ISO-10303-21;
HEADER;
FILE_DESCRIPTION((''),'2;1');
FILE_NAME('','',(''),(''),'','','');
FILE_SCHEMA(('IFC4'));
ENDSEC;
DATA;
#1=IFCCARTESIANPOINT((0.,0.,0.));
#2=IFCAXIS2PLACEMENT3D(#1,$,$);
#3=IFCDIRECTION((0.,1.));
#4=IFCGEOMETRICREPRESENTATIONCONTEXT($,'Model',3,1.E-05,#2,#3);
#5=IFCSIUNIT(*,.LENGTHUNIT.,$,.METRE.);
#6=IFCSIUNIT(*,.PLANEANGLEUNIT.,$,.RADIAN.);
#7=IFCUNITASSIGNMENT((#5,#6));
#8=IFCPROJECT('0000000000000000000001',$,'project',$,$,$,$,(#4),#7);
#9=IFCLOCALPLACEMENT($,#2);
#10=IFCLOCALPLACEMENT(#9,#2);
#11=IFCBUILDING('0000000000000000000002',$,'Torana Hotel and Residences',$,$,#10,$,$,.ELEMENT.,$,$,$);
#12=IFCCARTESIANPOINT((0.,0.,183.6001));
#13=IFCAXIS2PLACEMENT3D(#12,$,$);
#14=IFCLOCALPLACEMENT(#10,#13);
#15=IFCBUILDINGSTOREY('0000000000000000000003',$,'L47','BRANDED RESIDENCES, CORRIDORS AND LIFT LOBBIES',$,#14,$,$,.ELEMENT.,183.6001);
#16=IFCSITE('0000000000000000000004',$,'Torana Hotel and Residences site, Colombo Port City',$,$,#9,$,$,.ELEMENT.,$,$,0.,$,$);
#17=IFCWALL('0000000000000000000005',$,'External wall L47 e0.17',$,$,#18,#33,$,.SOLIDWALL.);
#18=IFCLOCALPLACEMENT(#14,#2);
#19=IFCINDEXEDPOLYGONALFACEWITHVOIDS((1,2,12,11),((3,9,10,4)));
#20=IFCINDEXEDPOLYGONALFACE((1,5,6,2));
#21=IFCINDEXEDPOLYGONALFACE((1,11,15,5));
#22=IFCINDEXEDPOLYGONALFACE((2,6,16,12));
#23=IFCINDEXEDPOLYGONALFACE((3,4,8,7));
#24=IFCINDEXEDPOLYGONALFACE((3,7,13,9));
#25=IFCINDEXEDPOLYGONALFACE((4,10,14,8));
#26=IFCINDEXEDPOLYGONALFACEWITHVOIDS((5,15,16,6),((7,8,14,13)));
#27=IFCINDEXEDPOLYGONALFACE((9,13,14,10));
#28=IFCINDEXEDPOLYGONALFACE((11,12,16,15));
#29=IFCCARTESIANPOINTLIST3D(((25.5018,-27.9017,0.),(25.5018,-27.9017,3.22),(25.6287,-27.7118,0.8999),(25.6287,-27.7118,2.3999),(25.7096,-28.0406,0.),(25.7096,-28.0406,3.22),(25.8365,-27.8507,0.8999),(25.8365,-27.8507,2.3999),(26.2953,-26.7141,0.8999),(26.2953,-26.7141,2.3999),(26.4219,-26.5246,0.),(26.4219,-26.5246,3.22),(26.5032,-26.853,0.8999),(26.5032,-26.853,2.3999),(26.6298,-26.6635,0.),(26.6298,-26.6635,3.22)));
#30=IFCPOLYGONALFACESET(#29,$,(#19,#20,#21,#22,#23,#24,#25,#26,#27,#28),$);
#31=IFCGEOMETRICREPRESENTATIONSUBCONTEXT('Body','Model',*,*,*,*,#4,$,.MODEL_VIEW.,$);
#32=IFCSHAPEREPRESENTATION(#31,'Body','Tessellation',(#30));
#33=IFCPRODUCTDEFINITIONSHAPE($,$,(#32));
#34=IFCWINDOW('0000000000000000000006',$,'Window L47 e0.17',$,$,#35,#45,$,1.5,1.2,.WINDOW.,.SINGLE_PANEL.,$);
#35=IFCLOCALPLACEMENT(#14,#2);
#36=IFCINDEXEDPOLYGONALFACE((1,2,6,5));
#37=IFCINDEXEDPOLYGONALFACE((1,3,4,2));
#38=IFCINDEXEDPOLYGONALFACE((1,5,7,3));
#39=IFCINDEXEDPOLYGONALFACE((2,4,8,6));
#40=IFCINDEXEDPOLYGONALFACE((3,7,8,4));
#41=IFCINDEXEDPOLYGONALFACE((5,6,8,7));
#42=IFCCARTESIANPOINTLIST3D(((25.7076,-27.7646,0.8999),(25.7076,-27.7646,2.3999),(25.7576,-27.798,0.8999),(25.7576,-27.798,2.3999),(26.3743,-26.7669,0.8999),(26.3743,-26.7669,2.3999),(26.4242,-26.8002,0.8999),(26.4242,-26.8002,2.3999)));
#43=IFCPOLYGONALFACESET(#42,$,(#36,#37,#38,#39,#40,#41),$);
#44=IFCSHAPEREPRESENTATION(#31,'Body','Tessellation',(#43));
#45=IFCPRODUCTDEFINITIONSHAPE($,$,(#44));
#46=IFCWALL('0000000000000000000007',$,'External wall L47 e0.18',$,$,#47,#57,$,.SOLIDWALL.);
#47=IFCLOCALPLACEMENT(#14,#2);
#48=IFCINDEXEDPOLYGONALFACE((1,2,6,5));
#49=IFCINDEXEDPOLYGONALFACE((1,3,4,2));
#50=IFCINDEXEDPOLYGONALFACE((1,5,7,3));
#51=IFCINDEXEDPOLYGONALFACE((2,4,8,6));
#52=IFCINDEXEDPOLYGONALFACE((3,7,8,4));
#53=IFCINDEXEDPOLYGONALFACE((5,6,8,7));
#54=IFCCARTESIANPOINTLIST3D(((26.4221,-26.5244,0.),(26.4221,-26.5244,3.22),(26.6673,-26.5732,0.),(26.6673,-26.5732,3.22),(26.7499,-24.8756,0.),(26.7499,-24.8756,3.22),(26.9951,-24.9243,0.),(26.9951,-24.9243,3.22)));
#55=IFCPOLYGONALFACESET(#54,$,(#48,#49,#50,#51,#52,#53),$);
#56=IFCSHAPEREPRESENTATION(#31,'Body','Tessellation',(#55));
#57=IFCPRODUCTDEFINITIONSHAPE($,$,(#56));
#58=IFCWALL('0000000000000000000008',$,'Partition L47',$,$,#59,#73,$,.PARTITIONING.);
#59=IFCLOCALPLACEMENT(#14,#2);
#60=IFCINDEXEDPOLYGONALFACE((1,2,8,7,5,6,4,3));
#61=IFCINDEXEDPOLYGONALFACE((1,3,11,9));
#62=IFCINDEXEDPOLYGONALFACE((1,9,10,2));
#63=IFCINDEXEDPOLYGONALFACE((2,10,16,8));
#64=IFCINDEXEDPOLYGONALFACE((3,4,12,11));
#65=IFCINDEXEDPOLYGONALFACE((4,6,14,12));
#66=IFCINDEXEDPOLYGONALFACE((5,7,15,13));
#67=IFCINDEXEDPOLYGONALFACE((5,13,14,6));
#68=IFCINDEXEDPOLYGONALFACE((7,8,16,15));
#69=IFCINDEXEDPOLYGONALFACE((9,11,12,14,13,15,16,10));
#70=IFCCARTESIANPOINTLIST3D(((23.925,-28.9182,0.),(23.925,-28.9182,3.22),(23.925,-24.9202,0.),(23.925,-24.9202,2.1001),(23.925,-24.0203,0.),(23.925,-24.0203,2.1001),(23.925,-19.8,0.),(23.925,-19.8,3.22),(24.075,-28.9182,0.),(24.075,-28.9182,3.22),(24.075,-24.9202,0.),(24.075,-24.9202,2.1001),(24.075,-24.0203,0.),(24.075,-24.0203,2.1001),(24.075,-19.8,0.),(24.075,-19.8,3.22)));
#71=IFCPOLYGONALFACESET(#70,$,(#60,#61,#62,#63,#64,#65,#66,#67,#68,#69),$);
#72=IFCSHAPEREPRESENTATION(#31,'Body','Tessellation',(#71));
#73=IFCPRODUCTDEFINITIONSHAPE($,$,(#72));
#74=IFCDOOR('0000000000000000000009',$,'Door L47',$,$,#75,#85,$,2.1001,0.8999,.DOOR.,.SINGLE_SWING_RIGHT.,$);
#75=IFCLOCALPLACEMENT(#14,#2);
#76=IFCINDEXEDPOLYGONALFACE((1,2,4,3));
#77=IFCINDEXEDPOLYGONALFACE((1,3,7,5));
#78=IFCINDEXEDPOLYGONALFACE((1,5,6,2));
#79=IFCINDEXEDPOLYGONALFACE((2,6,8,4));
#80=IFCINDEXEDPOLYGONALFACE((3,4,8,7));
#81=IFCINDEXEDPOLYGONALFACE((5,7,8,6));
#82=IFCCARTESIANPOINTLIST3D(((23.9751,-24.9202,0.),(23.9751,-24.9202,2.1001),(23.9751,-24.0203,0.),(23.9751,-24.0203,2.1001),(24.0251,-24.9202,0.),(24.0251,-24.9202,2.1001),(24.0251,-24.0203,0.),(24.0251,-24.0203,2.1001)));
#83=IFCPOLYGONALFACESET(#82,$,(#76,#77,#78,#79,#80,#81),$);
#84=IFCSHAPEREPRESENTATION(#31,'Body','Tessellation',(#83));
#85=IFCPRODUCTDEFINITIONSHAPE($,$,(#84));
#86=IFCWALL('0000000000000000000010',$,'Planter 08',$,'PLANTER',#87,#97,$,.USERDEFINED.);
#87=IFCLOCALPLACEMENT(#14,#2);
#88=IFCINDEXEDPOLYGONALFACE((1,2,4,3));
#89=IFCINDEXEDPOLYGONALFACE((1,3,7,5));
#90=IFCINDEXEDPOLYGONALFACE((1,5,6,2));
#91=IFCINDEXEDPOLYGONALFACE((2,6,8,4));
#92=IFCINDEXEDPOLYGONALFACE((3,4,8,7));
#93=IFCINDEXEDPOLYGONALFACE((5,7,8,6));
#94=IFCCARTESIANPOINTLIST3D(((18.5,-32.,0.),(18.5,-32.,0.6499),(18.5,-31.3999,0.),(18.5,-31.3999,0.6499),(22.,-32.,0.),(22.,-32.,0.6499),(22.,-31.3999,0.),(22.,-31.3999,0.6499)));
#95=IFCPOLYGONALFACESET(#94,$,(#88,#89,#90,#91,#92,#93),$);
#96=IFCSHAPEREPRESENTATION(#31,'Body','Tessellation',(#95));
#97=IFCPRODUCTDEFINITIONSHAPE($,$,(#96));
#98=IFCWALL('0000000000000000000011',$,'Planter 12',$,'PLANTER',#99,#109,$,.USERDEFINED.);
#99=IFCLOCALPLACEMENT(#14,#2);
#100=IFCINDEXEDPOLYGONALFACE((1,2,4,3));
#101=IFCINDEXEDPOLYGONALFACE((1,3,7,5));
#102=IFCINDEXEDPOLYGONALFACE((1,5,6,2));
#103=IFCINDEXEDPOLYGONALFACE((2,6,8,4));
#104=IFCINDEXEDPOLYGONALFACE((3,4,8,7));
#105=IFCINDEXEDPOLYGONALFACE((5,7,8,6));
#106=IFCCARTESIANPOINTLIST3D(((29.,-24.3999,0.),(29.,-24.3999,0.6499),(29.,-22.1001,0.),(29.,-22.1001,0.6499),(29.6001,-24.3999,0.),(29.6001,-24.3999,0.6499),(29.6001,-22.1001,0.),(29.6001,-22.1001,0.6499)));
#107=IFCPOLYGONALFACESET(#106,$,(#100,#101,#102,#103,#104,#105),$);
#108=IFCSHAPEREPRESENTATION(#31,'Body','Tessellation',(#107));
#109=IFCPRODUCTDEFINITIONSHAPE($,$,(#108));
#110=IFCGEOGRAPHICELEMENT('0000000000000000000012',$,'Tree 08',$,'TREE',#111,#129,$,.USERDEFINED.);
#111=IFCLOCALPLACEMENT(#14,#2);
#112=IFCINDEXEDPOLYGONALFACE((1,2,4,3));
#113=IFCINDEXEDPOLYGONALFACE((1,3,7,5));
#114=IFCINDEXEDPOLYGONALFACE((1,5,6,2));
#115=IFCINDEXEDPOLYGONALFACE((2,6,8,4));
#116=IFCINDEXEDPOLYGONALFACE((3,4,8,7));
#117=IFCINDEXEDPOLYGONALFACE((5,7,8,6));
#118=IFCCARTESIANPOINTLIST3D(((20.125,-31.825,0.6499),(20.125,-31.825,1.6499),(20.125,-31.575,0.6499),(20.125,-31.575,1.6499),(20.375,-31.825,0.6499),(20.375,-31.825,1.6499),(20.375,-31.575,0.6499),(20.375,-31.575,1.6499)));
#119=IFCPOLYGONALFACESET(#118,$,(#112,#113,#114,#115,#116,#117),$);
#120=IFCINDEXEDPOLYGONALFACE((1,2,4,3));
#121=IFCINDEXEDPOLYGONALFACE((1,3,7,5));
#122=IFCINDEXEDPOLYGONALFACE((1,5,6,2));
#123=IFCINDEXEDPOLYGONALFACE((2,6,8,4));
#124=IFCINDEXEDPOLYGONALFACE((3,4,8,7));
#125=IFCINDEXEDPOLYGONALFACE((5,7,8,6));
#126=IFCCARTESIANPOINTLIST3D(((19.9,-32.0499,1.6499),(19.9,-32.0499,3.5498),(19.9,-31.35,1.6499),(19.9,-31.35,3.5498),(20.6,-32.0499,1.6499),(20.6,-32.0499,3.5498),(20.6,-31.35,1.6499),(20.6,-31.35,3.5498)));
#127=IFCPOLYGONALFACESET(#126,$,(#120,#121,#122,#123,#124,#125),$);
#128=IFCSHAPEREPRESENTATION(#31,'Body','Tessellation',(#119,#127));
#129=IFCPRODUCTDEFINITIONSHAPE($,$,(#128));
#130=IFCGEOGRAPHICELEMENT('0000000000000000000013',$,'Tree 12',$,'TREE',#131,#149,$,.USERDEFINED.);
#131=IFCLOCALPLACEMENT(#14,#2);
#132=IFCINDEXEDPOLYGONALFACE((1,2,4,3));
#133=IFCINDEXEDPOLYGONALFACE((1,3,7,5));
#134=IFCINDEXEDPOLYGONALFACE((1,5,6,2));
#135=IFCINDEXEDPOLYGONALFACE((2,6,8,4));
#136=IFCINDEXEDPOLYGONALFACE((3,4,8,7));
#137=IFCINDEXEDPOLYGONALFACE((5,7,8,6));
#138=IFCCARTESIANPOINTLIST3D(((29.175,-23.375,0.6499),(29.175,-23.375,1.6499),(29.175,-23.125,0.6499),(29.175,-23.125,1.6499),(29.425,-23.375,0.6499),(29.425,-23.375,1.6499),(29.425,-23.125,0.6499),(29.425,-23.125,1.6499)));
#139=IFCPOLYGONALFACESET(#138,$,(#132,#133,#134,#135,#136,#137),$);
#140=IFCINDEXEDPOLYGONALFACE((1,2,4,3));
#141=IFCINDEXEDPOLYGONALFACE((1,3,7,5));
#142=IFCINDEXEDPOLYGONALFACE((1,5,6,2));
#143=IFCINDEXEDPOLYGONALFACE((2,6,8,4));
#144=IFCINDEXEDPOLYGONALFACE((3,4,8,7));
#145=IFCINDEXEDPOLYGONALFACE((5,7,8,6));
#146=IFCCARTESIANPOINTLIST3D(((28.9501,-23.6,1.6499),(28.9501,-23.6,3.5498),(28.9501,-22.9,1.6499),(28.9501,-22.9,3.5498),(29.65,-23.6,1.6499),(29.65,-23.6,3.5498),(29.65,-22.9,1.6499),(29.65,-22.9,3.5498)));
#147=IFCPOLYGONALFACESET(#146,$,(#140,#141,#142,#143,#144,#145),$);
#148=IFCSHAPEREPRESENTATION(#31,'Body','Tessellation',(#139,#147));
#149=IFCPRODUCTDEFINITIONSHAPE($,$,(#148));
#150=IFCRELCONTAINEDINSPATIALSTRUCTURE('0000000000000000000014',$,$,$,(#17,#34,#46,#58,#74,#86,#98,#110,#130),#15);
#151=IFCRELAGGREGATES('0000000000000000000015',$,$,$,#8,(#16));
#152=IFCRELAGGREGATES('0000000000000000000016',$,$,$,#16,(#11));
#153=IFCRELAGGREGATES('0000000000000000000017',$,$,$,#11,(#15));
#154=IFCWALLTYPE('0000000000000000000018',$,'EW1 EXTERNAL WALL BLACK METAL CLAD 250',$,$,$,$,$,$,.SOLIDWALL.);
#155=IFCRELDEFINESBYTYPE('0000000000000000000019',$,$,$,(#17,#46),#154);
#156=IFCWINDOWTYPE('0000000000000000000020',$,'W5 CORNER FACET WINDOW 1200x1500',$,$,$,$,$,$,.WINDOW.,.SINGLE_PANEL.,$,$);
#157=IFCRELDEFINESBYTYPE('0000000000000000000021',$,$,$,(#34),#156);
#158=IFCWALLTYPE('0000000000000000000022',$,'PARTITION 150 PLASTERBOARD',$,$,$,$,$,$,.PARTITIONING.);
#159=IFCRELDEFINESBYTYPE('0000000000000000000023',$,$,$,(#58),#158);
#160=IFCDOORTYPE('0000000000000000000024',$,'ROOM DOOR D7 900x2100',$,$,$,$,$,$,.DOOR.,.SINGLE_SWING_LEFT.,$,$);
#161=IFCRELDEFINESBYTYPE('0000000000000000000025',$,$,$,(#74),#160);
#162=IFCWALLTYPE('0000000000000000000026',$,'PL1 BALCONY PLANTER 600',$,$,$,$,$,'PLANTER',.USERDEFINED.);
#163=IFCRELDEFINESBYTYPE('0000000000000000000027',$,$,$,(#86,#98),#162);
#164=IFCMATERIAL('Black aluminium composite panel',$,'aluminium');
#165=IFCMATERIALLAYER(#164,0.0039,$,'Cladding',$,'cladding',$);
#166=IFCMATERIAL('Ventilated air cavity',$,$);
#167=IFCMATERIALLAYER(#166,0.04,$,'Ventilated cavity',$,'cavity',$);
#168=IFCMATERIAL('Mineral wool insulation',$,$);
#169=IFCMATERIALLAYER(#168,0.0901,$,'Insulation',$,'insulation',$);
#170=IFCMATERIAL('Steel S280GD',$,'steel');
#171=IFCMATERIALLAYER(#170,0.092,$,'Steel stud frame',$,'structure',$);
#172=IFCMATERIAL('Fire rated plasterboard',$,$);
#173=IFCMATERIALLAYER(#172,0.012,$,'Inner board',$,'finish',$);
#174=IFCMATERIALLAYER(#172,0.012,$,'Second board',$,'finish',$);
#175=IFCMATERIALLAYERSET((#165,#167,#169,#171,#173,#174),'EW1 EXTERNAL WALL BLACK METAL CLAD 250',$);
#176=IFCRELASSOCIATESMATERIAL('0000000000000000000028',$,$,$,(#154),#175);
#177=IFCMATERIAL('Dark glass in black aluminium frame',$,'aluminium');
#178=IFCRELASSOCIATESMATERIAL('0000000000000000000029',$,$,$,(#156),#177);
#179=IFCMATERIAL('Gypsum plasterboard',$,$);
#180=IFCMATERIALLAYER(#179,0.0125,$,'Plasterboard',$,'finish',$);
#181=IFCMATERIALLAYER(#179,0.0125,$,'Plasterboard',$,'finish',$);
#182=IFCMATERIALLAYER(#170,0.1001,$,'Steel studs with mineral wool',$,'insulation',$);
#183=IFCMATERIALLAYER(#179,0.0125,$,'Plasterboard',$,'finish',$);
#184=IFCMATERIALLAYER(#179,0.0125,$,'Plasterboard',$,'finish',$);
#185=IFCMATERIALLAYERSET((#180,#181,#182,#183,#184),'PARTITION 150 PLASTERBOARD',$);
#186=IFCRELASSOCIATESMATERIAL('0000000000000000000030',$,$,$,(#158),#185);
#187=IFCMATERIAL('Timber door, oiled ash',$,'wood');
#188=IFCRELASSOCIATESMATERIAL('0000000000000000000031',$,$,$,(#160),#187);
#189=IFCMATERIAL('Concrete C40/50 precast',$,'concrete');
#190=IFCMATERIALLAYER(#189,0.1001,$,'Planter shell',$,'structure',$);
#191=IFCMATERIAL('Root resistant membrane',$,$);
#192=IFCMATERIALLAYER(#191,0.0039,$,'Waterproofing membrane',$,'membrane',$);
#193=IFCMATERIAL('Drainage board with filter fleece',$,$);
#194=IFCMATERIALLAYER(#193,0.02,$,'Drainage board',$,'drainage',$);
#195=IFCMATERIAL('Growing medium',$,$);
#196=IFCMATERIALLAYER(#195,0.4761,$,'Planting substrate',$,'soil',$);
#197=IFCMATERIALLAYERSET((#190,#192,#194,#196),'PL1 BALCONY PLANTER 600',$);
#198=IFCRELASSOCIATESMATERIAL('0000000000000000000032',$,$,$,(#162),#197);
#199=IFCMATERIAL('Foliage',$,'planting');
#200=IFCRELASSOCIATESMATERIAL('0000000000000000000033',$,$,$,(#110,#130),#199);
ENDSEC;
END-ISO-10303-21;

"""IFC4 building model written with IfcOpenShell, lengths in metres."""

from ifc_helpers import new_model, si_unit, direction, frame, frame_2d, origin, origin_2d, place, context, subcontext, project, spatial, rectangle, extrude, material, layer, layer_set, type_object, element, fill, save


model = new_model("IFC4")

# Units and contexts
model_context = context("Model", 3, precision=1e-05, world=origin(), true_north=direction((0.0, 1.0)))
body_context = subcontext(model_context, "Body", "Model", "MODEL_VIEW")
ifc_project = project(units=[si_unit("LENGTHUNIT", "METRE"), si_unit("PLANEANGLEUNIT", "RADIAN")], contexts=[model_context])

# Site, building, storey
site_placement = place(None, origin())
site = spatial("IfcSite", under=ifc_project, at=site_placement, Name="Torana Hotel and Residences site, Colombo Port City", CompositionType="ELEMENT", RefElevation=0.0)
building_placement = place(site_placement, origin())
building = spatial("IfcBuilding", under=site, at=building_placement, Name="Torana Hotel and Residences", CompositionType="ELEMENT")
storey_placement = place(building_placement, frame((0.0, 0.0, 183.6001)))
storey = spatial("IfcBuildingStorey", under=building, at=storey_placement, Name="L47", Description="BRANDED RESIDENCES, CORRIDORS AND LIFT LOBBIES", CompositionType="ELEMENT", Elevation=183.6001)

# Shared definitions
ifc_material_1 = material(Name="Black aluminium composite panel", Category="aluminium")
ifc_layer_1 = layer(ifc_material_1, 0.0039, Name="Cladding", Category="cladding")
ifc_material_2 = material(Name="Ventilated air cavity")
ifc_layer_2 = layer(ifc_material_2, 0.04, Name="Ventilated cavity", Category="cavity")
ifc_material_3 = material(Name="Mineral wool insulation")
ifc_layer_3 = layer(ifc_material_3, 0.0901, Name="Insulation", Category="insulation")
ifc_material_4 = material(Name="Steel S280GD", Category="steel")
ifc_layer_4 = layer(ifc_material_4, 0.092, Name="Steel stud frame", Category="structure")
ifc_material_5 = material(Name="Fire rated plasterboard")
ifc_layer_5 = layer(ifc_material_5, 0.012, Name="Inner board", Category="finish")
ifc_layer_6 = layer(ifc_material_5, 0.012, Name="Second board", Category="finish")
ifc_layer_set_1 = layer_set([ifc_layer_1, ifc_layer_2, ifc_layer_3, ifc_layer_4, ifc_layer_5, ifc_layer_6], Name="EW1 EXTERNAL WALL BLACK METAL CLAD 250")
wall_type_1 = type_object("IfcWallType", Name="EW1 EXTERNAL WALL BLACK METAL CLAD 250", PredefinedType="SOLIDWALL", material=ifc_layer_set_1)

# Wall, opening, window
ifc_material_6 = material(Name="Dark glass in black aluminium frame", Category="aluminium")
window_type_1 = type_object("IfcWindowType", Name="W5 CORNER FACET WINDOW 1200x1500", PartitioningType="SINGLE_PANEL", PredefinedType="WINDOW", material=ifc_material_6)
wall_1_placement = place(storey_placement, frame((25.6057, -27.9712, 0.0), z_axis=(0.0, 0.0, 1.0), x_axis=(0.55555, 0.831483, 0.0)))
wall_1 = element("IfcWall", 1, at=wall_1_placement, inside=storey, type_object=wall_type_1, Name="External wall L47 e0.17", PredefinedType="SOLIDWALL", context=body_context, shape_type="SweptSolid", body=[
    extrude(rectangle(XDim=1.6562, YDim=0.25, at=frame_2d((0.8281, 0.0))), origin(), (0.0, 0.0, 1.0), 3.22),
])
opening_1_placement = place(wall_1_placement, frame((0.2283, 0.0, 0.8999)))
opening_1 = element("IfcOpeningElement", 2, at=opening_1_placement, cuts=wall_1, PredefinedType="OPENING", context=body_context, shape_type="SweptSolid", body=[
    extrude(rectangle(XDim=1.2, YDim=1.5, at=frame_2d((0.6001, 0.75))), frame((0.0, 0.135, 0.0), z_axis=(0.0, -1.0, 0.0), x_axis=(1.0, 0.0, 0.0)), (0.0, 0.0, 1.0), 0.27),
])
window_1_placement = place(opening_1_placement, origin())
window_1 = element("IfcWindow", 3, at=window_1_placement, inside=storey, type_object=window_type_1, Name="Window L47 e0.17", OverallHeight=1.5, OverallWidth=1.2, PartitioningType="SINGLE_PANEL", PredefinedType="WINDOW", context=body_context, shape_type="SweptSolid", body=[
    extrude(rectangle(XDim=1.2, YDim=1.5, at=frame_2d((0.6001, 0.75))), frame((0.0, 0.03, 0.0), z_axis=(0.0, -1.0, 0.0), x_axis=(1.0, 0.0, 0.0)), (0.0, 0.0, 1.0), 0.0601),
])
fill(opening_1, window_1)

# Wall
wall_2_placement = place(storey_placement, frame((26.5447, -26.5488, 0.0), z_axis=(0.0, 0.0, 1.0), x_axis=(0.195027, 0.980798, 0.0)))
element("IfcWall", 4, at=wall_2_placement, inside=storey, type_object=wall_type_1, Name="External wall L47 e0.18", PredefinedType="SOLIDWALL", context=body_context, shape_type="SweptSolid", body=[
    extrude(rectangle(XDim=1.6812, YDim=0.25, at=frame_2d((0.8406, 0.0))), origin(), (0.0, 0.0, 1.0), 3.22),
])

# Wall, opening, door
ifc_material_7 = material(Name="Gypsum plasterboard")
ifc_layer_7 = layer(ifc_material_7, 0.0125, Name="Plasterboard", Category="finish")
ifc_layer_8 = layer(ifc_material_7, 0.0125, Name="Plasterboard", Category="finish")
ifc_layer_9 = layer(ifc_material_4, 0.1001, Name="Steel studs with mineral wool", Category="insulation")
ifc_layer_10 = layer(ifc_material_7, 0.0125, Name="Plasterboard", Category="finish")
ifc_layer_11 = layer(ifc_material_7, 0.0125, Name="Plasterboard", Category="finish")
ifc_layer_set_2 = layer_set([ifc_layer_7, ifc_layer_8, ifc_layer_9, ifc_layer_10, ifc_layer_11], Name="PARTITION 150 PLASTERBOARD")
wall_type_2 = type_object("IfcWallType", Name="PARTITION 150 PLASTERBOARD", PredefinedType="PARTITIONING", material=ifc_layer_set_2)
wall_3_placement = place(storey_placement, frame((24.0, -28.9182, 0.0), z_axis=(0.0, 0.0, 1.0), x_axis=(0.0, 1.0, 0.0)))
wall_3 = element("IfcWall", 5, at=wall_3_placement, inside=storey, type_object=wall_type_2, Name="Partition L47", PredefinedType="PARTITIONING", context=body_context, shape_type="SweptSolid", body=[
    extrude(rectangle(XDim=9.1182, YDim=0.1499, at=frame_2d((4.5591, 0.0))), origin(), (0.0, 0.0, 1.0), 3.22),
])
opening_2_placement = place(wall_3_placement, frame((3.998, 0.0, 0.0)))
opening_2 = element("IfcOpeningElement", 6, at=opening_2_placement, cuts=wall_3, PredefinedType="OPENING", context=body_context, shape_type="SweptSolid", body=[
    extrude(rectangle(XDim=0.8999, YDim=2.1001, at=frame_2d((0.45, 1.05))), frame((0.0, 0.085, 0.0), z_axis=(0.0, -1.0, 0.0), x_axis=(1.0, 0.0, 0.0)), (0.0, 0.0, 1.0), 0.1699),
])
ifc_material_8 = material(Name="Timber door, oiled ash", Category="wood")
door_type_1 = type_object("IfcDoorType", Name="ROOM DOOR D7 900x2100", OperationType="SINGLE_SWING_LEFT", PredefinedType="DOOR", material=ifc_material_8)
door_1_placement = place(opening_2_placement, origin())
door_1 = element("IfcDoor", 7, at=door_1_placement, inside=storey, type_object=door_type_1, Name="Door L47", OperationType="SINGLE_SWING_RIGHT", OverallHeight=2.1001, OverallWidth=0.8999, PredefinedType="DOOR", context=body_context, shape_type="SweptSolid", body=[
    extrude(rectangle(XDim=0.8999, YDim=2.1001, at=frame_2d((0.45, 1.05))), frame((0.0, 0.0249, 0.0), z_axis=(0.0, -1.0, 0.0), x_axis=(1.0, 0.0, 0.0)), (0.0, 0.0, 1.0), 0.05),
])
fill(opening_2, door_1)

# Walls
ifc_material_9 = material(Name="Concrete C40/50 precast", Category="concrete")
ifc_layer_12 = layer(ifc_material_9, 0.1001, Name="Planter shell", Category="structure")
ifc_material_10 = material(Name="Root resistant membrane")
ifc_layer_13 = layer(ifc_material_10, 0.0039, Name="Waterproofing membrane", Category="membrane")
ifc_material_11 = material(Name="Drainage board with filter fleece")
ifc_layer_14 = layer(ifc_material_11, 0.02, Name="Drainage board", Category="drainage")
ifc_material_12 = material(Name="Growing medium")
ifc_layer_15 = layer(ifc_material_12, 0.4761, Name="Planting substrate", Category="soil")
ifc_layer_set_3 = layer_set([ifc_layer_12, ifc_layer_13, ifc_layer_14, ifc_layer_15], Name="PL1 BALCONY PLANTER 600")
wall_type_3 = type_object("IfcWallType", Name="PL1 BALCONY PLANTER 600", ElementType="PLANTER", PredefinedType="USERDEFINED", material=ifc_layer_set_3)
wall_4_placement = place(storey_placement, frame((22.0, -31.7, 0.0), z_axis=(0.0, 0.0, 1.0), x_axis=(-1.0, 0.0, 0.0)))
element("IfcWall", 8, at=wall_4_placement, inside=storey, type_object=wall_type_3, Name="Planter 08", ObjectType="PLANTER", PredefinedType="USERDEFINED", context=body_context, shape_type="SweptSolid", body=[
    extrude(rectangle(XDim=3.5, YDim=0.6001, at=frame_2d((1.75, 0.0))), origin(), (0.0, 0.0, 1.0), 0.6499),
])
wall_5_placement = place(storey_placement, frame((29.3, -22.1001, 0.0), z_axis=(0.0, 0.0, 1.0), x_axis=(0.0, -1.0, 0.0)))
element("IfcWall", 9, at=wall_5_placement, inside=storey, type_object=wall_type_3, Name="Planter 12", ObjectType="PLANTER", PredefinedType="USERDEFINED", context=body_context, shape_type="SweptSolid", body=[
    extrude(rectangle(XDim=2.2998, YDim=0.6001, at=frame_2d((1.1499, 0.0))), origin(), (0.0, 0.0, 1.0), 0.6499),
])

# Geographic elements
ifc_material_13 = material(Name="Foliage", Category="planting")
for number, where, z_axis, x_axis, name in (
    (10, (20.25, -31.7, 0.6499), (0.0, 0.0, 1.0), (1.0, 0.0, 0.0), "Tree 08"),
    (11, (29.3, -23.25, 0.6499), (0.0, 0.0, 1.0), (1.0, 0.0, 0.0), "Tree 12"),
):
    element("IfcGeographicElement", number, at=place(storey_placement, frame(where, z_axis=z_axis, x_axis=x_axis)), inside=storey, material=ifc_material_13, Name=name, ObjectType="TREE", PredefinedType="USERDEFINED", context=body_context, shape_type="SweptSolid", body=[
        extrude(rectangle(XDim=0.25, YDim=0.25, at=origin_2d()), origin(), (0.0, 0.0, 1.0), 1.0),
        extrude(rectangle(XDim=0.7, YDim=0.7, at=origin_2d()), frame((0.0, 0.0, 1.0)), (0.0, 0.0, 1.0), 1.8999),
    ])

save(model, "model.ifc")
